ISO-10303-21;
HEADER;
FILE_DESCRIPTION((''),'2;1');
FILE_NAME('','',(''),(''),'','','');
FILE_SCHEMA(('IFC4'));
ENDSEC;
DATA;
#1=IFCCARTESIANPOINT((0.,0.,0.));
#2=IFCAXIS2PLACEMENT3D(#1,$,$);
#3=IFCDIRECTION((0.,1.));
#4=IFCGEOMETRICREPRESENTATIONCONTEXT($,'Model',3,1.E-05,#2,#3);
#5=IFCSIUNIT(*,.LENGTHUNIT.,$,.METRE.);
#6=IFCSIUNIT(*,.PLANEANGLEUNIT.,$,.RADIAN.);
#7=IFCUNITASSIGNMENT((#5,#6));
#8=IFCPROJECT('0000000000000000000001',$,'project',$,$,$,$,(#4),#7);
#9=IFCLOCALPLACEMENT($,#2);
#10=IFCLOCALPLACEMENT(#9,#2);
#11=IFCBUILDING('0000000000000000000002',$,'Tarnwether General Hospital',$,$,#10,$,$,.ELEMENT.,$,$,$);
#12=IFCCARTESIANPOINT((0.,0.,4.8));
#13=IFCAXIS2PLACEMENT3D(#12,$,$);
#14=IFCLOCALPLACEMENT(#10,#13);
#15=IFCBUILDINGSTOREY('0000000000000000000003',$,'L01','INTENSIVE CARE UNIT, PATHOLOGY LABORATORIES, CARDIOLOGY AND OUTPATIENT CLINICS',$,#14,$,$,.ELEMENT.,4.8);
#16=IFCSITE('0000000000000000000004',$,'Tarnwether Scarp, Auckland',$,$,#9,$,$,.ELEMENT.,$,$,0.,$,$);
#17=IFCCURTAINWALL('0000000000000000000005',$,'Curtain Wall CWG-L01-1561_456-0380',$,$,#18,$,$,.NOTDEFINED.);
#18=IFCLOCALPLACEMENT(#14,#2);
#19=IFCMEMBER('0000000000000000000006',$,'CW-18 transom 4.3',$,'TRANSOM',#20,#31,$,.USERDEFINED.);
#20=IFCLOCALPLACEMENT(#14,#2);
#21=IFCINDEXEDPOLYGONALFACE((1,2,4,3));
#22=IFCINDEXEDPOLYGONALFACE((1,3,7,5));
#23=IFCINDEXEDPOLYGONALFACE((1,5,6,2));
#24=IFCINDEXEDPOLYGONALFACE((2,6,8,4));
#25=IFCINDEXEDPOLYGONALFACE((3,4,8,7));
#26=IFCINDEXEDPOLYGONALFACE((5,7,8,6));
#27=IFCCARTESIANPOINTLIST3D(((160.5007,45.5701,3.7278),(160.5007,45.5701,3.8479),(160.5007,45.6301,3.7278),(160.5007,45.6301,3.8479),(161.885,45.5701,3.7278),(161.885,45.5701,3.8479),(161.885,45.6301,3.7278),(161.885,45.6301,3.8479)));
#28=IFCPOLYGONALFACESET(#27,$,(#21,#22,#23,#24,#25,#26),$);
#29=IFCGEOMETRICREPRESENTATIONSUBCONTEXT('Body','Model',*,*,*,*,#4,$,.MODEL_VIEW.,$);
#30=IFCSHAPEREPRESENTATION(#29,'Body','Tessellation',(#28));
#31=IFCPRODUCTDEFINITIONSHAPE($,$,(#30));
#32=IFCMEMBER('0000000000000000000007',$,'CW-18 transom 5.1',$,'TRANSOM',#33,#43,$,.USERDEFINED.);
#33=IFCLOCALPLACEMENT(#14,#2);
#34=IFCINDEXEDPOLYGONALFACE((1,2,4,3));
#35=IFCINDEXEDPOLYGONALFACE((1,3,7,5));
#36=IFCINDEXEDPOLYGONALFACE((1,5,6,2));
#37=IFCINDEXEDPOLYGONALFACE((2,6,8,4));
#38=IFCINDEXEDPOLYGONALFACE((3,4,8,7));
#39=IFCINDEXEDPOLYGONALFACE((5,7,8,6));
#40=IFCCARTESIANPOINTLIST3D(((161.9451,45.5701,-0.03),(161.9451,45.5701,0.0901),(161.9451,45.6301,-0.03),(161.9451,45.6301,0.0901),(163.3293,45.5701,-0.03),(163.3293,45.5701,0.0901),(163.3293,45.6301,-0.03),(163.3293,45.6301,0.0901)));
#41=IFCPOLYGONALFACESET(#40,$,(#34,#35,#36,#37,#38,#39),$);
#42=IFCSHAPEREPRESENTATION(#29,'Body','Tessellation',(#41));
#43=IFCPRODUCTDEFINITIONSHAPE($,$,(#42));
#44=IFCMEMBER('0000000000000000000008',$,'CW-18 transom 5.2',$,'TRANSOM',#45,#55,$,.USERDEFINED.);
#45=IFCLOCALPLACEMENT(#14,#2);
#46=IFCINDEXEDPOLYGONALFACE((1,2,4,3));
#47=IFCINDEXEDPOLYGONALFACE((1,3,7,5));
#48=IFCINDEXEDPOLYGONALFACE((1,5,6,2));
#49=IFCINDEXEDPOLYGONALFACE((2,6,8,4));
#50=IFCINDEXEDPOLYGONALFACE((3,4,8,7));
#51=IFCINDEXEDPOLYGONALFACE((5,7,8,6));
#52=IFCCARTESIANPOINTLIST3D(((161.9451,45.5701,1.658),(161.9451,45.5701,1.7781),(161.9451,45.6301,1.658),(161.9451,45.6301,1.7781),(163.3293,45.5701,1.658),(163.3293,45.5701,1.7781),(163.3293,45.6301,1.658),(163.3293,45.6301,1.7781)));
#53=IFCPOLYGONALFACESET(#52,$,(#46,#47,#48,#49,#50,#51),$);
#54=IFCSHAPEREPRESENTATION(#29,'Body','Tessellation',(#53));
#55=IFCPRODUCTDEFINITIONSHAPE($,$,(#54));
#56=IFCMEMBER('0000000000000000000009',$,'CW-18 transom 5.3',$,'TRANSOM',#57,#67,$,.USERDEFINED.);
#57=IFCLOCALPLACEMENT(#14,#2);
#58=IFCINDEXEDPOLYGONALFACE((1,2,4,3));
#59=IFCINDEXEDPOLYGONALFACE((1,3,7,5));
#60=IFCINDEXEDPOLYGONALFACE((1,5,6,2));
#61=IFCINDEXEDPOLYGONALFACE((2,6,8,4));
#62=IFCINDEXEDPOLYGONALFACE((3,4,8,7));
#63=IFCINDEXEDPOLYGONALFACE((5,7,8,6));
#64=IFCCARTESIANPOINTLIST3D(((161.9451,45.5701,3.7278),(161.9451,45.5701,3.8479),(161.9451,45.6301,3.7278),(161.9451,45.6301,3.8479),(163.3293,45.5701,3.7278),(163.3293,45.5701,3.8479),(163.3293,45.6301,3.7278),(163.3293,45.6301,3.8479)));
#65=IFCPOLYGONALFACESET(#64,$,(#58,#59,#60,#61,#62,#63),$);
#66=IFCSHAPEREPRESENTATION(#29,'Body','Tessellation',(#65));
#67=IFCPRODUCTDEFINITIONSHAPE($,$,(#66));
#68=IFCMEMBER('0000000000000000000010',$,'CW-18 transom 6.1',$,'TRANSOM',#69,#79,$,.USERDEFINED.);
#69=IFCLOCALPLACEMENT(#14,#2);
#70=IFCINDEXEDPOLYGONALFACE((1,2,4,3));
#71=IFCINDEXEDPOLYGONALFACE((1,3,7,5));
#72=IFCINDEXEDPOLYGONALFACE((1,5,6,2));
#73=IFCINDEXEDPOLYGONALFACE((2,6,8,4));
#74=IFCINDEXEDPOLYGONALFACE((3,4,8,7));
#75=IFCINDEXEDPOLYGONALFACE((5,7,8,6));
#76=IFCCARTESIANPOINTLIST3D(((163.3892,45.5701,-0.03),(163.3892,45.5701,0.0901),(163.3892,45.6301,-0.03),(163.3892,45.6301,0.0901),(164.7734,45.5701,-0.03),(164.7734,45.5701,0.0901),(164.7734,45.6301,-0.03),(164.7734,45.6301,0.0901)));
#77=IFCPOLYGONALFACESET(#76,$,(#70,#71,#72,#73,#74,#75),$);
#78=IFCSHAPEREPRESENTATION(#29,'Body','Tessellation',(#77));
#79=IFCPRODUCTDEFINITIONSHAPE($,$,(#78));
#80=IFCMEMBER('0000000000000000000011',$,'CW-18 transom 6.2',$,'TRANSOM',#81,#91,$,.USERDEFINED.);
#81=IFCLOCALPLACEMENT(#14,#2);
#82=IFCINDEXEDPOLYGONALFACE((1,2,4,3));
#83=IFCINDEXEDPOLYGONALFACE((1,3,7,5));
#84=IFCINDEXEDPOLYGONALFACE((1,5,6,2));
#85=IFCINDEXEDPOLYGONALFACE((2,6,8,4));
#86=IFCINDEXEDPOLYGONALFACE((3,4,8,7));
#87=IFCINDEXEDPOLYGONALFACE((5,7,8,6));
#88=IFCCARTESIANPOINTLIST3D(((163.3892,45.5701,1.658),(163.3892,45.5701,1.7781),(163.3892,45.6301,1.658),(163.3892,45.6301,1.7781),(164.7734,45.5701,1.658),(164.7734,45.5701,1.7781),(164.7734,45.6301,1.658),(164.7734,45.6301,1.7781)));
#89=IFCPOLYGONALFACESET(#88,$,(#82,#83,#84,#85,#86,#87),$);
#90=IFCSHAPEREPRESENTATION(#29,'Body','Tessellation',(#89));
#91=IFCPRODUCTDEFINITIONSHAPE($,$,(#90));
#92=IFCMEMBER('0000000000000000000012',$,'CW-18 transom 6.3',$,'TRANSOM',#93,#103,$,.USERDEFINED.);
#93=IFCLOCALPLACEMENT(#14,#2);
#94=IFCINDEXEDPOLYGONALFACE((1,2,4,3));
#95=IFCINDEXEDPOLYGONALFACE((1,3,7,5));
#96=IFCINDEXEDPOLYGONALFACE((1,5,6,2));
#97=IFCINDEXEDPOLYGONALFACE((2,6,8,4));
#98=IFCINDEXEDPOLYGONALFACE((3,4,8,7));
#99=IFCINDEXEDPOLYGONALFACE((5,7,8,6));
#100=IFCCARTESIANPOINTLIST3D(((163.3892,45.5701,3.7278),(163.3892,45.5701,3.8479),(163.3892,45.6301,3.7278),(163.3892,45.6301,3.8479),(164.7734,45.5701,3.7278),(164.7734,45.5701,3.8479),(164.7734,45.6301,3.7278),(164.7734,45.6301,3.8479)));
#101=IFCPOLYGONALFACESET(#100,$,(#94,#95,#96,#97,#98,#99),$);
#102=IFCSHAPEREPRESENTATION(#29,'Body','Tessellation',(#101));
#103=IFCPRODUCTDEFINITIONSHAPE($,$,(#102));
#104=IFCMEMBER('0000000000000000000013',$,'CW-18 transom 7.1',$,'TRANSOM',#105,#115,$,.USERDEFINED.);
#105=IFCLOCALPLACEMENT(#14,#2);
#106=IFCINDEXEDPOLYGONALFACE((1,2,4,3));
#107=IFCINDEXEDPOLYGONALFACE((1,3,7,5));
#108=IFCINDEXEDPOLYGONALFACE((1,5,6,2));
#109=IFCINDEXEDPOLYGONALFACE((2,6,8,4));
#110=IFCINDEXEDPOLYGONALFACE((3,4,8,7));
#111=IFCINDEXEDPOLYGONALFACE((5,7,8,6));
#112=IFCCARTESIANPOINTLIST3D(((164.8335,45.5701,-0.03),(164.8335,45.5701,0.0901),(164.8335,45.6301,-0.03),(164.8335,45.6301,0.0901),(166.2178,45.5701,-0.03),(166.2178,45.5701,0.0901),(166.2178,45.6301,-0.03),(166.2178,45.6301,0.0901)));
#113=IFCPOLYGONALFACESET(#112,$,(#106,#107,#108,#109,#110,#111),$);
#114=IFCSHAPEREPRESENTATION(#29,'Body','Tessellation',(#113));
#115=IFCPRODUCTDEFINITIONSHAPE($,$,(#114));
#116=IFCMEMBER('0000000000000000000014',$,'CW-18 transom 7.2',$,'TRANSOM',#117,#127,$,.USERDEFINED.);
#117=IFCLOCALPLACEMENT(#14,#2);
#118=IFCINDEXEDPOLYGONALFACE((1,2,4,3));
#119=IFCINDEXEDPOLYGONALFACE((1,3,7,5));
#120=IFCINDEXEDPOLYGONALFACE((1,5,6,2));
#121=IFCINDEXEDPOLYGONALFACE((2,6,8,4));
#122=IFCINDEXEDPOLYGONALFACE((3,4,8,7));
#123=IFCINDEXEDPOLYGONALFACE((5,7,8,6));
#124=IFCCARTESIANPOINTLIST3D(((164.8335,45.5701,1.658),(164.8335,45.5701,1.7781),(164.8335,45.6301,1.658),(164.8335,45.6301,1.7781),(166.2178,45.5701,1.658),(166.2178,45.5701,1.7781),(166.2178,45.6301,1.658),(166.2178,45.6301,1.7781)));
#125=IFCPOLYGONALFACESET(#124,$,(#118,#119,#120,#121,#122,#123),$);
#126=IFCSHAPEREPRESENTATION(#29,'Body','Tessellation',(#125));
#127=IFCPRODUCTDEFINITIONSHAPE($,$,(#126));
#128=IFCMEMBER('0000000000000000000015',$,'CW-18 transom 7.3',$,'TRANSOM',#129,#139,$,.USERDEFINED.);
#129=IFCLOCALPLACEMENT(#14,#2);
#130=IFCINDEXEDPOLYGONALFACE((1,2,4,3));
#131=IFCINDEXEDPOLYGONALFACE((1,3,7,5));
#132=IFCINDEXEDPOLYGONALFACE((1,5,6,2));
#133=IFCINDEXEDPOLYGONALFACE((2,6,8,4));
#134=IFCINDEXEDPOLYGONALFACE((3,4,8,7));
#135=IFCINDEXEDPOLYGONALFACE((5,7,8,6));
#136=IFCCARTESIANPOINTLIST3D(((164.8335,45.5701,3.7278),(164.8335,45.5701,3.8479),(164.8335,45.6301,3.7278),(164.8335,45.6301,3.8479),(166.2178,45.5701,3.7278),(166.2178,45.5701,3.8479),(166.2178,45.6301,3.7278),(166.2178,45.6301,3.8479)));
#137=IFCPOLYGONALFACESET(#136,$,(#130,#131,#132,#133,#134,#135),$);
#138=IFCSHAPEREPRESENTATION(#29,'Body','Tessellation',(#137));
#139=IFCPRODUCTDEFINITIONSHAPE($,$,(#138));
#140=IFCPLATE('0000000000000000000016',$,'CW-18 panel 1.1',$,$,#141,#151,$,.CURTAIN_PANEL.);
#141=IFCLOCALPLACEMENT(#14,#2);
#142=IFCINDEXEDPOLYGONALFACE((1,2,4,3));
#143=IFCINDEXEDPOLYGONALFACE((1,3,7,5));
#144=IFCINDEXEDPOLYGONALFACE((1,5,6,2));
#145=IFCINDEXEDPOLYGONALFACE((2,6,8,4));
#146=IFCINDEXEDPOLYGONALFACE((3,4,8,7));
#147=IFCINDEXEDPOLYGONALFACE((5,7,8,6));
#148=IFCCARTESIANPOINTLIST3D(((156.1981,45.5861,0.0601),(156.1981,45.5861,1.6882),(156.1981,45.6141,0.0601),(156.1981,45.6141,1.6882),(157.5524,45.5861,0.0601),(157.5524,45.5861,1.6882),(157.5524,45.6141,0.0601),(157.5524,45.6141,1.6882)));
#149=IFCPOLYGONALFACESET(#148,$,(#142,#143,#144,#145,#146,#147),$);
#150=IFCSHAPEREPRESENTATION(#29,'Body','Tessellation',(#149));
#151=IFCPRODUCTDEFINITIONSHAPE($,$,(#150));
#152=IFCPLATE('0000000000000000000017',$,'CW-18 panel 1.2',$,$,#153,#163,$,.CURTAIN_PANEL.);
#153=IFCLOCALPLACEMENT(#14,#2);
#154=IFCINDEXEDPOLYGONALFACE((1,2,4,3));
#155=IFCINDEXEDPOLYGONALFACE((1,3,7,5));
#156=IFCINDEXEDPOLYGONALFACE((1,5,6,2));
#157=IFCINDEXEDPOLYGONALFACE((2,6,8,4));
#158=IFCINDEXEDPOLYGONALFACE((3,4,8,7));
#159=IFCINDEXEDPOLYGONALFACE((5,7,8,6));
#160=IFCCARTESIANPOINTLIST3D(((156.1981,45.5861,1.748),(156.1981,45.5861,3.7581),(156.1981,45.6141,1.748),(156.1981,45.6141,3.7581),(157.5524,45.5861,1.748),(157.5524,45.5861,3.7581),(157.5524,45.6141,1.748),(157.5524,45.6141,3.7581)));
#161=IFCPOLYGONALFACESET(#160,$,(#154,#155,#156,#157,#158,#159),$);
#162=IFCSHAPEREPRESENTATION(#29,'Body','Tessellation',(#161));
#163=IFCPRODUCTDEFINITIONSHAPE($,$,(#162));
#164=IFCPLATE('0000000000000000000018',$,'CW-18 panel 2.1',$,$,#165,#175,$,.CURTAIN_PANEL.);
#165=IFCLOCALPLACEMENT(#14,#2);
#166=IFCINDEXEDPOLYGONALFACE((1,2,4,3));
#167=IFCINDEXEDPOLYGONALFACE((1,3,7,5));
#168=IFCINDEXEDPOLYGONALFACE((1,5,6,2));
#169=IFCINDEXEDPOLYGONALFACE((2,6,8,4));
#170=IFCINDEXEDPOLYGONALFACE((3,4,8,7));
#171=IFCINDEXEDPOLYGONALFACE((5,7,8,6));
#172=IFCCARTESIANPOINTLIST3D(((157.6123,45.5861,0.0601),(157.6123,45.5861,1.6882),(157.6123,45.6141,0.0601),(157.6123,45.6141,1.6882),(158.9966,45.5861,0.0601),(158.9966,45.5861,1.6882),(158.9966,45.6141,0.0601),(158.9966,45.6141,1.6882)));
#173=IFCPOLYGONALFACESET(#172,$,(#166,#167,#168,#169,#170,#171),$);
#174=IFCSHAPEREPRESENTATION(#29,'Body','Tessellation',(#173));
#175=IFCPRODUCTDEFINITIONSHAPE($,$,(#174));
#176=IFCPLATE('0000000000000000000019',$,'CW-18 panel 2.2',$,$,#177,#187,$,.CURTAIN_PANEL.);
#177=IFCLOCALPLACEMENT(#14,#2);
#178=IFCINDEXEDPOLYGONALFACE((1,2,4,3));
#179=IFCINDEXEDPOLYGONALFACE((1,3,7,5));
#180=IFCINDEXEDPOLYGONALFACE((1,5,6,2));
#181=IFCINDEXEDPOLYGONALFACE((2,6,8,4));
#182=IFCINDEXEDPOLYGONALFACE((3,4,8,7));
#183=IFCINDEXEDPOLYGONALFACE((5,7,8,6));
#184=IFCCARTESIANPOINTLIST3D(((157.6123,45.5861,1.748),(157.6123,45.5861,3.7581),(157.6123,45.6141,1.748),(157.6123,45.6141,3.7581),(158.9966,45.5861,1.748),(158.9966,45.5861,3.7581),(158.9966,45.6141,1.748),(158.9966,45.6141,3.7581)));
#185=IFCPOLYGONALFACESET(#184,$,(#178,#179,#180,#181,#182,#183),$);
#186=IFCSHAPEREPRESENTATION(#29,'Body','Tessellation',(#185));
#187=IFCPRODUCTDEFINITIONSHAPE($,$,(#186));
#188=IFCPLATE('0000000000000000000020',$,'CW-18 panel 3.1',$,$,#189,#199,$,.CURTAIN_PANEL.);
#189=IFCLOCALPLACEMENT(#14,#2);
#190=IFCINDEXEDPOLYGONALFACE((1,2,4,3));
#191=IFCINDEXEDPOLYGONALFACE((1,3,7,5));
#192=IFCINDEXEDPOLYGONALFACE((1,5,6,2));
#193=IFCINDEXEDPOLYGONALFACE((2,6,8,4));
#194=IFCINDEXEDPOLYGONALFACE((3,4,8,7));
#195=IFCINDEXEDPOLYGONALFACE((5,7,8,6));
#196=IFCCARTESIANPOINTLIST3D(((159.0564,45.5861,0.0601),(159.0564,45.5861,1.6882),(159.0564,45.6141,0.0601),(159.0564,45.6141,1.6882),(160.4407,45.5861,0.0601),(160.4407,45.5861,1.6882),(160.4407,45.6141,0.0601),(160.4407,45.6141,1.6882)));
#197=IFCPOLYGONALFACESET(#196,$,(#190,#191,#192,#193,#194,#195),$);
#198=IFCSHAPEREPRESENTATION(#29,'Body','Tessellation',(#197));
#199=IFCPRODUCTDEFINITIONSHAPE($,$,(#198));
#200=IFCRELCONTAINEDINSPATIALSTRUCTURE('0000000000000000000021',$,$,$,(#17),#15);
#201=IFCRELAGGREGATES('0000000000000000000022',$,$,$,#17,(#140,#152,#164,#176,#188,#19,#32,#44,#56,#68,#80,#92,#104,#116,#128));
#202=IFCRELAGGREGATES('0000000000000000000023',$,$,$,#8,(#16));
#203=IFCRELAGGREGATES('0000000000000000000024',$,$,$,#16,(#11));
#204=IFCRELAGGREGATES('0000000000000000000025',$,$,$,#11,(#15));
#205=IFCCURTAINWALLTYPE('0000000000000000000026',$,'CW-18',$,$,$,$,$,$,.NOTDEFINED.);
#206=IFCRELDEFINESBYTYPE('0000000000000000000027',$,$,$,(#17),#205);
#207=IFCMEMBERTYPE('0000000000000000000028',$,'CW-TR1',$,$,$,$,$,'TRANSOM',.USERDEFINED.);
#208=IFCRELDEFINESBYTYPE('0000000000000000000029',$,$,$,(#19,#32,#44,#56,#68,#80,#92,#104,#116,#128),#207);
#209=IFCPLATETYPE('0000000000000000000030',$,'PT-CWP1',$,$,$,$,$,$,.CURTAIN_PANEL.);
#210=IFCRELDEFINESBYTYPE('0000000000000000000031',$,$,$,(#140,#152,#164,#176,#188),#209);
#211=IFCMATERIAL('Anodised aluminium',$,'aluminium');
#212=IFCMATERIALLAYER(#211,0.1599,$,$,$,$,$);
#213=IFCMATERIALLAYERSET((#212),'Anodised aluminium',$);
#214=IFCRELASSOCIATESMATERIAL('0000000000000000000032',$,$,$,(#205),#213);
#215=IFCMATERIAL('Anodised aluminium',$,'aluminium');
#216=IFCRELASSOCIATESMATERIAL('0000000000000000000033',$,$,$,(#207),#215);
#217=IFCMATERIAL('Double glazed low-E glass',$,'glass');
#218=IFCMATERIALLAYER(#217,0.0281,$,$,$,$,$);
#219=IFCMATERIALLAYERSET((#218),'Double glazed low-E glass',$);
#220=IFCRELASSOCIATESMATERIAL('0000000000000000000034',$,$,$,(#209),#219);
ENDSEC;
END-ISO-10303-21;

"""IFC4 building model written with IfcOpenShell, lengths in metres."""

from ifc_helpers import new_model, si_unit, direction, frame, origin, origin_2d, place, context, subcontext, project, spatial, rectangle, extrude, material, layer, layer_set, material_profile, profile_set, type_object, element, aggregate, save


model = new_model("IFC4")

# Units and contexts
model_context = context("Model", 3, precision=1e-05, world=origin(), true_north=direction((0.0, 1.0)))
body_context = subcontext(model_context, "Body", "Model", "MODEL_VIEW")
ifc_project = project(units=[si_unit("LENGTHUNIT", "METRE"), si_unit("PLANEANGLEUNIT", "RADIAN")], contexts=[model_context])

# Site, building, storey
site_placement = place(None, origin())
site = spatial("IfcSite", under=ifc_project, at=site_placement, Name="Tarnwether Scarp, Auckland", CompositionType="ELEMENT", RefElevation=0.0)
building_placement = place(site_placement, origin())
building = spatial("IfcBuilding", under=site, at=building_placement, Name="Tarnwether General Hospital", CompositionType="ELEMENT")
storey_placement = place(building_placement, frame((0.0, 0.0, 4.8)))
storey = spatial("IfcBuildingStorey", under=building, at=storey_placement, Name="L01", Description="INTENSIVE CARE UNIT, PATHOLOGY LABORATORIES, CARDIOLOGY AND OUTPATIENT CLINICS", CompositionType="ELEMENT", Elevation=4.8)

# Curtain wall, members, plates
ifc_material_1 = material(Name="Anodised aluminium", Category="aluminium")
ifc_layer_1 = layer(ifc_material_1, 0.1599)
ifc_layer_set_1 = layer_set([ifc_layer_1], Name="Anodised aluminium")
curtain_wall_type = type_object("IfcCurtainWallType", Name="CW-18", PredefinedType="NOTDEFINED", material=ifc_layer_set_1)
curtain_wall_placement = place(storey_placement, origin())
curtain_wall = element("IfcCurtainWall", 1, at=curtain_wall_placement, inside=storey, type_object=curtain_wall_type, Name="Curtain Wall CWG-L01-1561_456-0380", PredefinedType="NOTDEFINED")
ifc_material_2 = material(Name="Anodised aluminium", Category="aluminium")
ifc_material_profile_1 = material_profile(ifc_material_2, rectangle(XDim=0.0601, YDim=0.1201, at=origin_2d()), Name="ALU-TRN-60x120")
ifc_profile_set_1 = profile_set([ifc_material_profile_1], Name="Anodised aluminium")
member_type_1 = type_object("IfcMemberType", Name="CW-TR1", ElementType="TRANSOM", PredefinedType="USERDEFINED", material=ifc_profile_set_1)
member_1_placement = place(storey_placement, frame((160.5007, 45.6001, 3.7878), z_axis=(1.0, 0.0, 0.0), x_axis=(0.0, 1.0, 0.0)))
member_1 = element("IfcMember", 2, at=member_1_placement, type_object=member_type_1, Name="CW-18 transom 4.3", ObjectType="TRANSOM", PredefinedType="USERDEFINED", context=body_context, shape_type="SweptSolid", body=[
    extrude(rectangle(XDim=0.0601, YDim=0.1201, at=origin_2d()), origin(), (0.0, 0.0, 1.0), 1.3843),
])
member_2_placement = place(storey_placement, frame((161.9451, 45.6001, 0.03), z_axis=(1.0, 0.0, 0.0), x_axis=(0.0, 1.0, 0.0)))
member_2 = element("IfcMember", 3, at=member_2_placement, type_object=member_type_1, Name="CW-18 transom 5.1", ObjectType="TRANSOM", PredefinedType="USERDEFINED", context=body_context, shape_type="SweptSolid", body=[
    extrude(rectangle(XDim=0.0601, YDim=0.1201, at=origin_2d()), origin(), (0.0, 0.0, 1.0), 1.3843),
])
member_3_placement = place(storey_placement, frame((161.9451, 45.6001, 1.718), z_axis=(1.0, 0.0, 0.0), x_axis=(0.0, 1.0, 0.0)))
member_3 = element("IfcMember", 4, at=member_3_placement, type_object=member_type_1, Name="CW-18 transom 5.2", ObjectType="TRANSOM", PredefinedType="USERDEFINED", context=body_context, shape_type="SweptSolid", body=[
    extrude(rectangle(XDim=0.0601, YDim=0.1201, at=origin_2d()), origin(), (0.0, 0.0, 1.0), 1.3843),
])
member_4_placement = place(storey_placement, frame((161.9451, 45.6001, 3.7878), z_axis=(1.0, 0.0, 0.0), x_axis=(0.0, 1.0, 0.0)))
member_4 = element("IfcMember", 5, at=member_4_placement, type_object=member_type_1, Name="CW-18 transom 5.3", ObjectType="TRANSOM", PredefinedType="USERDEFINED", context=body_context, shape_type="SweptSolid", body=[
    extrude(rectangle(XDim=0.0601, YDim=0.1201, at=origin_2d()), origin(), (0.0, 0.0, 1.0), 1.3843),
])
member_5_placement = place(storey_placement, frame((163.3892, 45.6001, 0.03), z_axis=(1.0, 0.0, 0.0), x_axis=(0.0, 1.0, 0.0)))
member_5 = element("IfcMember", 6, at=member_5_placement, type_object=member_type_1, Name="CW-18 transom 6.1", ObjectType="TRANSOM", PredefinedType="USERDEFINED", context=body_context, shape_type="SweptSolid", body=[
    extrude(rectangle(XDim=0.0601, YDim=0.1201, at=origin_2d()), origin(), (0.0, 0.0, 1.0), 1.3843),
])
member_6_placement = place(storey_placement, frame((163.3892, 45.6001, 1.718), z_axis=(1.0, 0.0, 0.0), x_axis=(0.0, 1.0, 0.0)))
member_6 = element("IfcMember", 7, at=member_6_placement, type_object=member_type_1, Name="CW-18 transom 6.2", ObjectType="TRANSOM", PredefinedType="USERDEFINED", context=body_context, shape_type="SweptSolid", body=[
    extrude(rectangle(XDim=0.0601, YDim=0.1201, at=origin_2d()), origin(), (0.0, 0.0, 1.0), 1.3843),
])
member_7_placement = place(storey_placement, frame((163.3892, 45.6001, 3.7878), z_axis=(1.0, 0.0, 0.0), x_axis=(0.0, 1.0, 0.0)))
member_7 = element("IfcMember", 8, at=member_7_placement, type_object=member_type_1, Name="CW-18 transom 6.3", ObjectType="TRANSOM", PredefinedType="USERDEFINED", context=body_context, shape_type="SweptSolid", body=[
    extrude(rectangle(XDim=0.0601, YDim=0.1201, at=origin_2d()), origin(), (0.0, 0.0, 1.0), 1.3843),
])
member_8_placement = place(storey_placement, frame((164.8335, 45.6001, 0.03), z_axis=(1.0, 0.0, 0.0), x_axis=(0.0, 1.0, 0.0)))
member_8 = element("IfcMember", 9, at=member_8_placement, type_object=member_type_1, Name="CW-18 transom 7.1", ObjectType="TRANSOM", PredefinedType="USERDEFINED", context=body_context, shape_type="SweptSolid", body=[
    extrude(rectangle(XDim=0.0601, YDim=0.1201, at=origin_2d()), origin(), (0.0, 0.0, 1.0), 1.3843),
])
member_9_placement = place(storey_placement, frame((164.8335, 45.6001, 1.718), z_axis=(1.0, 0.0, 0.0), x_axis=(0.0, 1.0, 0.0)))
member_9 = element("IfcMember", 10, at=member_9_placement, type_object=member_type_1, Name="CW-18 transom 7.2", ObjectType="TRANSOM", PredefinedType="USERDEFINED", context=body_context, shape_type="SweptSolid", body=[
    extrude(rectangle(XDim=0.0601, YDim=0.1201, at=origin_2d()), origin(), (0.0, 0.0, 1.0), 1.3843),
])
member_10_placement = place(storey_placement, frame((164.8335, 45.6001, 3.7878), z_axis=(1.0, 0.0, 0.0), x_axis=(0.0, 1.0, 0.0)))
member_10 = element("IfcMember", 11, at=member_10_placement, type_object=member_type_1, Name="CW-18 transom 7.3", ObjectType="TRANSOM", PredefinedType="USERDEFINED", context=body_context, shape_type="SweptSolid", body=[
    extrude(rectangle(XDim=0.0601, YDim=0.1201, at=origin_2d()), origin(), (0.0, 0.0, 1.0), 1.3843),
])
ifc_material_3 = material(Name="Double glazed low-E glass", Category="glass")
ifc_layer_2 = layer(ifc_material_3, 0.0281)
ifc_layer_set_2 = layer_set([ifc_layer_2], Name="Double glazed low-E glass")
plate_type = type_object("IfcPlateType", Name="PT-CWP1", PredefinedType="CURTAIN_PANEL", material=ifc_layer_set_2)
plate_1_placement = place(storey_placement, frame((156.8752, 45.6001, 0.0601), z_axis=(0.0, 0.0, 1.0), x_axis=(1.0, 0.0, 0.0)))
plate_1 = element("IfcPlate", 12, at=plate_1_placement, type_object=plate_type, Name="CW-18 panel 1.1", PredefinedType="CURTAIN_PANEL", context=body_context, shape_type="SweptSolid", body=[
    extrude(rectangle(XDim=1.3542, YDim=0.0281, at=origin_2d()), origin(), (0.0, 0.0, 1.0), 1.6282),
])
plate_2_placement = place(storey_placement, frame((156.8752, 45.6001, 1.748), z_axis=(0.0, 0.0, 1.0), x_axis=(1.0, 0.0, 0.0)))
plate_2 = element("IfcPlate", 13, at=plate_2_placement, type_object=plate_type, Name="CW-18 panel 1.2", PredefinedType="CURTAIN_PANEL", context=body_context, shape_type="SweptSolid", body=[
    extrude(rectangle(XDim=1.3542, YDim=0.0281, at=origin_2d()), origin(), (0.0, 0.0, 1.0), 2.01),
])
plate_3_placement = place(storey_placement, frame((158.3044, 45.6001, 0.0601), z_axis=(0.0, 0.0, 1.0), x_axis=(1.0, 0.0, 0.0)))
plate_3 = element("IfcPlate", 14, at=plate_3_placement, type_object=plate_type, Name="CW-18 panel 2.1", PredefinedType="CURTAIN_PANEL", context=body_context, shape_type="SweptSolid", body=[
    extrude(rectangle(XDim=1.3843, YDim=0.0281, at=origin_2d()), origin(), (0.0, 0.0, 1.0), 1.6282),
])
plate_4_placement = place(storey_placement, frame((158.3044, 45.6001, 1.748), z_axis=(0.0, 0.0, 1.0), x_axis=(1.0, 0.0, 0.0)))
plate_4 = element("IfcPlate", 15, at=plate_4_placement, type_object=plate_type, Name="CW-18 panel 2.2", PredefinedType="CURTAIN_PANEL", context=body_context, shape_type="SweptSolid", body=[
    extrude(rectangle(XDim=1.3843, YDim=0.0281, at=origin_2d()), origin(), (0.0, 0.0, 1.0), 2.01),
])
plate_5_placement = place(storey_placement, frame((159.7485, 45.6001, 0.0601), z_axis=(0.0, 0.0, 1.0), x_axis=(1.0, 0.0, 0.0)))
plate_5 = element("IfcPlate", 16, at=plate_5_placement, type_object=plate_type, Name="CW-18 panel 3.1", PredefinedType="CURTAIN_PANEL", context=body_context, shape_type="SweptSolid", body=[
    extrude(rectangle(XDim=1.3843, YDim=0.0281, at=origin_2d()), origin(), (0.0, 0.0, 1.0), 1.6282),
])
aggregate(curtain_wall, [plate_1, plate_2, plate_3, plate_4, plate_5, member_1, member_2, member_3, member_4, member_5, member_6, member_7, member_8, member_9, member_10])

save(model, "model.ifc")
